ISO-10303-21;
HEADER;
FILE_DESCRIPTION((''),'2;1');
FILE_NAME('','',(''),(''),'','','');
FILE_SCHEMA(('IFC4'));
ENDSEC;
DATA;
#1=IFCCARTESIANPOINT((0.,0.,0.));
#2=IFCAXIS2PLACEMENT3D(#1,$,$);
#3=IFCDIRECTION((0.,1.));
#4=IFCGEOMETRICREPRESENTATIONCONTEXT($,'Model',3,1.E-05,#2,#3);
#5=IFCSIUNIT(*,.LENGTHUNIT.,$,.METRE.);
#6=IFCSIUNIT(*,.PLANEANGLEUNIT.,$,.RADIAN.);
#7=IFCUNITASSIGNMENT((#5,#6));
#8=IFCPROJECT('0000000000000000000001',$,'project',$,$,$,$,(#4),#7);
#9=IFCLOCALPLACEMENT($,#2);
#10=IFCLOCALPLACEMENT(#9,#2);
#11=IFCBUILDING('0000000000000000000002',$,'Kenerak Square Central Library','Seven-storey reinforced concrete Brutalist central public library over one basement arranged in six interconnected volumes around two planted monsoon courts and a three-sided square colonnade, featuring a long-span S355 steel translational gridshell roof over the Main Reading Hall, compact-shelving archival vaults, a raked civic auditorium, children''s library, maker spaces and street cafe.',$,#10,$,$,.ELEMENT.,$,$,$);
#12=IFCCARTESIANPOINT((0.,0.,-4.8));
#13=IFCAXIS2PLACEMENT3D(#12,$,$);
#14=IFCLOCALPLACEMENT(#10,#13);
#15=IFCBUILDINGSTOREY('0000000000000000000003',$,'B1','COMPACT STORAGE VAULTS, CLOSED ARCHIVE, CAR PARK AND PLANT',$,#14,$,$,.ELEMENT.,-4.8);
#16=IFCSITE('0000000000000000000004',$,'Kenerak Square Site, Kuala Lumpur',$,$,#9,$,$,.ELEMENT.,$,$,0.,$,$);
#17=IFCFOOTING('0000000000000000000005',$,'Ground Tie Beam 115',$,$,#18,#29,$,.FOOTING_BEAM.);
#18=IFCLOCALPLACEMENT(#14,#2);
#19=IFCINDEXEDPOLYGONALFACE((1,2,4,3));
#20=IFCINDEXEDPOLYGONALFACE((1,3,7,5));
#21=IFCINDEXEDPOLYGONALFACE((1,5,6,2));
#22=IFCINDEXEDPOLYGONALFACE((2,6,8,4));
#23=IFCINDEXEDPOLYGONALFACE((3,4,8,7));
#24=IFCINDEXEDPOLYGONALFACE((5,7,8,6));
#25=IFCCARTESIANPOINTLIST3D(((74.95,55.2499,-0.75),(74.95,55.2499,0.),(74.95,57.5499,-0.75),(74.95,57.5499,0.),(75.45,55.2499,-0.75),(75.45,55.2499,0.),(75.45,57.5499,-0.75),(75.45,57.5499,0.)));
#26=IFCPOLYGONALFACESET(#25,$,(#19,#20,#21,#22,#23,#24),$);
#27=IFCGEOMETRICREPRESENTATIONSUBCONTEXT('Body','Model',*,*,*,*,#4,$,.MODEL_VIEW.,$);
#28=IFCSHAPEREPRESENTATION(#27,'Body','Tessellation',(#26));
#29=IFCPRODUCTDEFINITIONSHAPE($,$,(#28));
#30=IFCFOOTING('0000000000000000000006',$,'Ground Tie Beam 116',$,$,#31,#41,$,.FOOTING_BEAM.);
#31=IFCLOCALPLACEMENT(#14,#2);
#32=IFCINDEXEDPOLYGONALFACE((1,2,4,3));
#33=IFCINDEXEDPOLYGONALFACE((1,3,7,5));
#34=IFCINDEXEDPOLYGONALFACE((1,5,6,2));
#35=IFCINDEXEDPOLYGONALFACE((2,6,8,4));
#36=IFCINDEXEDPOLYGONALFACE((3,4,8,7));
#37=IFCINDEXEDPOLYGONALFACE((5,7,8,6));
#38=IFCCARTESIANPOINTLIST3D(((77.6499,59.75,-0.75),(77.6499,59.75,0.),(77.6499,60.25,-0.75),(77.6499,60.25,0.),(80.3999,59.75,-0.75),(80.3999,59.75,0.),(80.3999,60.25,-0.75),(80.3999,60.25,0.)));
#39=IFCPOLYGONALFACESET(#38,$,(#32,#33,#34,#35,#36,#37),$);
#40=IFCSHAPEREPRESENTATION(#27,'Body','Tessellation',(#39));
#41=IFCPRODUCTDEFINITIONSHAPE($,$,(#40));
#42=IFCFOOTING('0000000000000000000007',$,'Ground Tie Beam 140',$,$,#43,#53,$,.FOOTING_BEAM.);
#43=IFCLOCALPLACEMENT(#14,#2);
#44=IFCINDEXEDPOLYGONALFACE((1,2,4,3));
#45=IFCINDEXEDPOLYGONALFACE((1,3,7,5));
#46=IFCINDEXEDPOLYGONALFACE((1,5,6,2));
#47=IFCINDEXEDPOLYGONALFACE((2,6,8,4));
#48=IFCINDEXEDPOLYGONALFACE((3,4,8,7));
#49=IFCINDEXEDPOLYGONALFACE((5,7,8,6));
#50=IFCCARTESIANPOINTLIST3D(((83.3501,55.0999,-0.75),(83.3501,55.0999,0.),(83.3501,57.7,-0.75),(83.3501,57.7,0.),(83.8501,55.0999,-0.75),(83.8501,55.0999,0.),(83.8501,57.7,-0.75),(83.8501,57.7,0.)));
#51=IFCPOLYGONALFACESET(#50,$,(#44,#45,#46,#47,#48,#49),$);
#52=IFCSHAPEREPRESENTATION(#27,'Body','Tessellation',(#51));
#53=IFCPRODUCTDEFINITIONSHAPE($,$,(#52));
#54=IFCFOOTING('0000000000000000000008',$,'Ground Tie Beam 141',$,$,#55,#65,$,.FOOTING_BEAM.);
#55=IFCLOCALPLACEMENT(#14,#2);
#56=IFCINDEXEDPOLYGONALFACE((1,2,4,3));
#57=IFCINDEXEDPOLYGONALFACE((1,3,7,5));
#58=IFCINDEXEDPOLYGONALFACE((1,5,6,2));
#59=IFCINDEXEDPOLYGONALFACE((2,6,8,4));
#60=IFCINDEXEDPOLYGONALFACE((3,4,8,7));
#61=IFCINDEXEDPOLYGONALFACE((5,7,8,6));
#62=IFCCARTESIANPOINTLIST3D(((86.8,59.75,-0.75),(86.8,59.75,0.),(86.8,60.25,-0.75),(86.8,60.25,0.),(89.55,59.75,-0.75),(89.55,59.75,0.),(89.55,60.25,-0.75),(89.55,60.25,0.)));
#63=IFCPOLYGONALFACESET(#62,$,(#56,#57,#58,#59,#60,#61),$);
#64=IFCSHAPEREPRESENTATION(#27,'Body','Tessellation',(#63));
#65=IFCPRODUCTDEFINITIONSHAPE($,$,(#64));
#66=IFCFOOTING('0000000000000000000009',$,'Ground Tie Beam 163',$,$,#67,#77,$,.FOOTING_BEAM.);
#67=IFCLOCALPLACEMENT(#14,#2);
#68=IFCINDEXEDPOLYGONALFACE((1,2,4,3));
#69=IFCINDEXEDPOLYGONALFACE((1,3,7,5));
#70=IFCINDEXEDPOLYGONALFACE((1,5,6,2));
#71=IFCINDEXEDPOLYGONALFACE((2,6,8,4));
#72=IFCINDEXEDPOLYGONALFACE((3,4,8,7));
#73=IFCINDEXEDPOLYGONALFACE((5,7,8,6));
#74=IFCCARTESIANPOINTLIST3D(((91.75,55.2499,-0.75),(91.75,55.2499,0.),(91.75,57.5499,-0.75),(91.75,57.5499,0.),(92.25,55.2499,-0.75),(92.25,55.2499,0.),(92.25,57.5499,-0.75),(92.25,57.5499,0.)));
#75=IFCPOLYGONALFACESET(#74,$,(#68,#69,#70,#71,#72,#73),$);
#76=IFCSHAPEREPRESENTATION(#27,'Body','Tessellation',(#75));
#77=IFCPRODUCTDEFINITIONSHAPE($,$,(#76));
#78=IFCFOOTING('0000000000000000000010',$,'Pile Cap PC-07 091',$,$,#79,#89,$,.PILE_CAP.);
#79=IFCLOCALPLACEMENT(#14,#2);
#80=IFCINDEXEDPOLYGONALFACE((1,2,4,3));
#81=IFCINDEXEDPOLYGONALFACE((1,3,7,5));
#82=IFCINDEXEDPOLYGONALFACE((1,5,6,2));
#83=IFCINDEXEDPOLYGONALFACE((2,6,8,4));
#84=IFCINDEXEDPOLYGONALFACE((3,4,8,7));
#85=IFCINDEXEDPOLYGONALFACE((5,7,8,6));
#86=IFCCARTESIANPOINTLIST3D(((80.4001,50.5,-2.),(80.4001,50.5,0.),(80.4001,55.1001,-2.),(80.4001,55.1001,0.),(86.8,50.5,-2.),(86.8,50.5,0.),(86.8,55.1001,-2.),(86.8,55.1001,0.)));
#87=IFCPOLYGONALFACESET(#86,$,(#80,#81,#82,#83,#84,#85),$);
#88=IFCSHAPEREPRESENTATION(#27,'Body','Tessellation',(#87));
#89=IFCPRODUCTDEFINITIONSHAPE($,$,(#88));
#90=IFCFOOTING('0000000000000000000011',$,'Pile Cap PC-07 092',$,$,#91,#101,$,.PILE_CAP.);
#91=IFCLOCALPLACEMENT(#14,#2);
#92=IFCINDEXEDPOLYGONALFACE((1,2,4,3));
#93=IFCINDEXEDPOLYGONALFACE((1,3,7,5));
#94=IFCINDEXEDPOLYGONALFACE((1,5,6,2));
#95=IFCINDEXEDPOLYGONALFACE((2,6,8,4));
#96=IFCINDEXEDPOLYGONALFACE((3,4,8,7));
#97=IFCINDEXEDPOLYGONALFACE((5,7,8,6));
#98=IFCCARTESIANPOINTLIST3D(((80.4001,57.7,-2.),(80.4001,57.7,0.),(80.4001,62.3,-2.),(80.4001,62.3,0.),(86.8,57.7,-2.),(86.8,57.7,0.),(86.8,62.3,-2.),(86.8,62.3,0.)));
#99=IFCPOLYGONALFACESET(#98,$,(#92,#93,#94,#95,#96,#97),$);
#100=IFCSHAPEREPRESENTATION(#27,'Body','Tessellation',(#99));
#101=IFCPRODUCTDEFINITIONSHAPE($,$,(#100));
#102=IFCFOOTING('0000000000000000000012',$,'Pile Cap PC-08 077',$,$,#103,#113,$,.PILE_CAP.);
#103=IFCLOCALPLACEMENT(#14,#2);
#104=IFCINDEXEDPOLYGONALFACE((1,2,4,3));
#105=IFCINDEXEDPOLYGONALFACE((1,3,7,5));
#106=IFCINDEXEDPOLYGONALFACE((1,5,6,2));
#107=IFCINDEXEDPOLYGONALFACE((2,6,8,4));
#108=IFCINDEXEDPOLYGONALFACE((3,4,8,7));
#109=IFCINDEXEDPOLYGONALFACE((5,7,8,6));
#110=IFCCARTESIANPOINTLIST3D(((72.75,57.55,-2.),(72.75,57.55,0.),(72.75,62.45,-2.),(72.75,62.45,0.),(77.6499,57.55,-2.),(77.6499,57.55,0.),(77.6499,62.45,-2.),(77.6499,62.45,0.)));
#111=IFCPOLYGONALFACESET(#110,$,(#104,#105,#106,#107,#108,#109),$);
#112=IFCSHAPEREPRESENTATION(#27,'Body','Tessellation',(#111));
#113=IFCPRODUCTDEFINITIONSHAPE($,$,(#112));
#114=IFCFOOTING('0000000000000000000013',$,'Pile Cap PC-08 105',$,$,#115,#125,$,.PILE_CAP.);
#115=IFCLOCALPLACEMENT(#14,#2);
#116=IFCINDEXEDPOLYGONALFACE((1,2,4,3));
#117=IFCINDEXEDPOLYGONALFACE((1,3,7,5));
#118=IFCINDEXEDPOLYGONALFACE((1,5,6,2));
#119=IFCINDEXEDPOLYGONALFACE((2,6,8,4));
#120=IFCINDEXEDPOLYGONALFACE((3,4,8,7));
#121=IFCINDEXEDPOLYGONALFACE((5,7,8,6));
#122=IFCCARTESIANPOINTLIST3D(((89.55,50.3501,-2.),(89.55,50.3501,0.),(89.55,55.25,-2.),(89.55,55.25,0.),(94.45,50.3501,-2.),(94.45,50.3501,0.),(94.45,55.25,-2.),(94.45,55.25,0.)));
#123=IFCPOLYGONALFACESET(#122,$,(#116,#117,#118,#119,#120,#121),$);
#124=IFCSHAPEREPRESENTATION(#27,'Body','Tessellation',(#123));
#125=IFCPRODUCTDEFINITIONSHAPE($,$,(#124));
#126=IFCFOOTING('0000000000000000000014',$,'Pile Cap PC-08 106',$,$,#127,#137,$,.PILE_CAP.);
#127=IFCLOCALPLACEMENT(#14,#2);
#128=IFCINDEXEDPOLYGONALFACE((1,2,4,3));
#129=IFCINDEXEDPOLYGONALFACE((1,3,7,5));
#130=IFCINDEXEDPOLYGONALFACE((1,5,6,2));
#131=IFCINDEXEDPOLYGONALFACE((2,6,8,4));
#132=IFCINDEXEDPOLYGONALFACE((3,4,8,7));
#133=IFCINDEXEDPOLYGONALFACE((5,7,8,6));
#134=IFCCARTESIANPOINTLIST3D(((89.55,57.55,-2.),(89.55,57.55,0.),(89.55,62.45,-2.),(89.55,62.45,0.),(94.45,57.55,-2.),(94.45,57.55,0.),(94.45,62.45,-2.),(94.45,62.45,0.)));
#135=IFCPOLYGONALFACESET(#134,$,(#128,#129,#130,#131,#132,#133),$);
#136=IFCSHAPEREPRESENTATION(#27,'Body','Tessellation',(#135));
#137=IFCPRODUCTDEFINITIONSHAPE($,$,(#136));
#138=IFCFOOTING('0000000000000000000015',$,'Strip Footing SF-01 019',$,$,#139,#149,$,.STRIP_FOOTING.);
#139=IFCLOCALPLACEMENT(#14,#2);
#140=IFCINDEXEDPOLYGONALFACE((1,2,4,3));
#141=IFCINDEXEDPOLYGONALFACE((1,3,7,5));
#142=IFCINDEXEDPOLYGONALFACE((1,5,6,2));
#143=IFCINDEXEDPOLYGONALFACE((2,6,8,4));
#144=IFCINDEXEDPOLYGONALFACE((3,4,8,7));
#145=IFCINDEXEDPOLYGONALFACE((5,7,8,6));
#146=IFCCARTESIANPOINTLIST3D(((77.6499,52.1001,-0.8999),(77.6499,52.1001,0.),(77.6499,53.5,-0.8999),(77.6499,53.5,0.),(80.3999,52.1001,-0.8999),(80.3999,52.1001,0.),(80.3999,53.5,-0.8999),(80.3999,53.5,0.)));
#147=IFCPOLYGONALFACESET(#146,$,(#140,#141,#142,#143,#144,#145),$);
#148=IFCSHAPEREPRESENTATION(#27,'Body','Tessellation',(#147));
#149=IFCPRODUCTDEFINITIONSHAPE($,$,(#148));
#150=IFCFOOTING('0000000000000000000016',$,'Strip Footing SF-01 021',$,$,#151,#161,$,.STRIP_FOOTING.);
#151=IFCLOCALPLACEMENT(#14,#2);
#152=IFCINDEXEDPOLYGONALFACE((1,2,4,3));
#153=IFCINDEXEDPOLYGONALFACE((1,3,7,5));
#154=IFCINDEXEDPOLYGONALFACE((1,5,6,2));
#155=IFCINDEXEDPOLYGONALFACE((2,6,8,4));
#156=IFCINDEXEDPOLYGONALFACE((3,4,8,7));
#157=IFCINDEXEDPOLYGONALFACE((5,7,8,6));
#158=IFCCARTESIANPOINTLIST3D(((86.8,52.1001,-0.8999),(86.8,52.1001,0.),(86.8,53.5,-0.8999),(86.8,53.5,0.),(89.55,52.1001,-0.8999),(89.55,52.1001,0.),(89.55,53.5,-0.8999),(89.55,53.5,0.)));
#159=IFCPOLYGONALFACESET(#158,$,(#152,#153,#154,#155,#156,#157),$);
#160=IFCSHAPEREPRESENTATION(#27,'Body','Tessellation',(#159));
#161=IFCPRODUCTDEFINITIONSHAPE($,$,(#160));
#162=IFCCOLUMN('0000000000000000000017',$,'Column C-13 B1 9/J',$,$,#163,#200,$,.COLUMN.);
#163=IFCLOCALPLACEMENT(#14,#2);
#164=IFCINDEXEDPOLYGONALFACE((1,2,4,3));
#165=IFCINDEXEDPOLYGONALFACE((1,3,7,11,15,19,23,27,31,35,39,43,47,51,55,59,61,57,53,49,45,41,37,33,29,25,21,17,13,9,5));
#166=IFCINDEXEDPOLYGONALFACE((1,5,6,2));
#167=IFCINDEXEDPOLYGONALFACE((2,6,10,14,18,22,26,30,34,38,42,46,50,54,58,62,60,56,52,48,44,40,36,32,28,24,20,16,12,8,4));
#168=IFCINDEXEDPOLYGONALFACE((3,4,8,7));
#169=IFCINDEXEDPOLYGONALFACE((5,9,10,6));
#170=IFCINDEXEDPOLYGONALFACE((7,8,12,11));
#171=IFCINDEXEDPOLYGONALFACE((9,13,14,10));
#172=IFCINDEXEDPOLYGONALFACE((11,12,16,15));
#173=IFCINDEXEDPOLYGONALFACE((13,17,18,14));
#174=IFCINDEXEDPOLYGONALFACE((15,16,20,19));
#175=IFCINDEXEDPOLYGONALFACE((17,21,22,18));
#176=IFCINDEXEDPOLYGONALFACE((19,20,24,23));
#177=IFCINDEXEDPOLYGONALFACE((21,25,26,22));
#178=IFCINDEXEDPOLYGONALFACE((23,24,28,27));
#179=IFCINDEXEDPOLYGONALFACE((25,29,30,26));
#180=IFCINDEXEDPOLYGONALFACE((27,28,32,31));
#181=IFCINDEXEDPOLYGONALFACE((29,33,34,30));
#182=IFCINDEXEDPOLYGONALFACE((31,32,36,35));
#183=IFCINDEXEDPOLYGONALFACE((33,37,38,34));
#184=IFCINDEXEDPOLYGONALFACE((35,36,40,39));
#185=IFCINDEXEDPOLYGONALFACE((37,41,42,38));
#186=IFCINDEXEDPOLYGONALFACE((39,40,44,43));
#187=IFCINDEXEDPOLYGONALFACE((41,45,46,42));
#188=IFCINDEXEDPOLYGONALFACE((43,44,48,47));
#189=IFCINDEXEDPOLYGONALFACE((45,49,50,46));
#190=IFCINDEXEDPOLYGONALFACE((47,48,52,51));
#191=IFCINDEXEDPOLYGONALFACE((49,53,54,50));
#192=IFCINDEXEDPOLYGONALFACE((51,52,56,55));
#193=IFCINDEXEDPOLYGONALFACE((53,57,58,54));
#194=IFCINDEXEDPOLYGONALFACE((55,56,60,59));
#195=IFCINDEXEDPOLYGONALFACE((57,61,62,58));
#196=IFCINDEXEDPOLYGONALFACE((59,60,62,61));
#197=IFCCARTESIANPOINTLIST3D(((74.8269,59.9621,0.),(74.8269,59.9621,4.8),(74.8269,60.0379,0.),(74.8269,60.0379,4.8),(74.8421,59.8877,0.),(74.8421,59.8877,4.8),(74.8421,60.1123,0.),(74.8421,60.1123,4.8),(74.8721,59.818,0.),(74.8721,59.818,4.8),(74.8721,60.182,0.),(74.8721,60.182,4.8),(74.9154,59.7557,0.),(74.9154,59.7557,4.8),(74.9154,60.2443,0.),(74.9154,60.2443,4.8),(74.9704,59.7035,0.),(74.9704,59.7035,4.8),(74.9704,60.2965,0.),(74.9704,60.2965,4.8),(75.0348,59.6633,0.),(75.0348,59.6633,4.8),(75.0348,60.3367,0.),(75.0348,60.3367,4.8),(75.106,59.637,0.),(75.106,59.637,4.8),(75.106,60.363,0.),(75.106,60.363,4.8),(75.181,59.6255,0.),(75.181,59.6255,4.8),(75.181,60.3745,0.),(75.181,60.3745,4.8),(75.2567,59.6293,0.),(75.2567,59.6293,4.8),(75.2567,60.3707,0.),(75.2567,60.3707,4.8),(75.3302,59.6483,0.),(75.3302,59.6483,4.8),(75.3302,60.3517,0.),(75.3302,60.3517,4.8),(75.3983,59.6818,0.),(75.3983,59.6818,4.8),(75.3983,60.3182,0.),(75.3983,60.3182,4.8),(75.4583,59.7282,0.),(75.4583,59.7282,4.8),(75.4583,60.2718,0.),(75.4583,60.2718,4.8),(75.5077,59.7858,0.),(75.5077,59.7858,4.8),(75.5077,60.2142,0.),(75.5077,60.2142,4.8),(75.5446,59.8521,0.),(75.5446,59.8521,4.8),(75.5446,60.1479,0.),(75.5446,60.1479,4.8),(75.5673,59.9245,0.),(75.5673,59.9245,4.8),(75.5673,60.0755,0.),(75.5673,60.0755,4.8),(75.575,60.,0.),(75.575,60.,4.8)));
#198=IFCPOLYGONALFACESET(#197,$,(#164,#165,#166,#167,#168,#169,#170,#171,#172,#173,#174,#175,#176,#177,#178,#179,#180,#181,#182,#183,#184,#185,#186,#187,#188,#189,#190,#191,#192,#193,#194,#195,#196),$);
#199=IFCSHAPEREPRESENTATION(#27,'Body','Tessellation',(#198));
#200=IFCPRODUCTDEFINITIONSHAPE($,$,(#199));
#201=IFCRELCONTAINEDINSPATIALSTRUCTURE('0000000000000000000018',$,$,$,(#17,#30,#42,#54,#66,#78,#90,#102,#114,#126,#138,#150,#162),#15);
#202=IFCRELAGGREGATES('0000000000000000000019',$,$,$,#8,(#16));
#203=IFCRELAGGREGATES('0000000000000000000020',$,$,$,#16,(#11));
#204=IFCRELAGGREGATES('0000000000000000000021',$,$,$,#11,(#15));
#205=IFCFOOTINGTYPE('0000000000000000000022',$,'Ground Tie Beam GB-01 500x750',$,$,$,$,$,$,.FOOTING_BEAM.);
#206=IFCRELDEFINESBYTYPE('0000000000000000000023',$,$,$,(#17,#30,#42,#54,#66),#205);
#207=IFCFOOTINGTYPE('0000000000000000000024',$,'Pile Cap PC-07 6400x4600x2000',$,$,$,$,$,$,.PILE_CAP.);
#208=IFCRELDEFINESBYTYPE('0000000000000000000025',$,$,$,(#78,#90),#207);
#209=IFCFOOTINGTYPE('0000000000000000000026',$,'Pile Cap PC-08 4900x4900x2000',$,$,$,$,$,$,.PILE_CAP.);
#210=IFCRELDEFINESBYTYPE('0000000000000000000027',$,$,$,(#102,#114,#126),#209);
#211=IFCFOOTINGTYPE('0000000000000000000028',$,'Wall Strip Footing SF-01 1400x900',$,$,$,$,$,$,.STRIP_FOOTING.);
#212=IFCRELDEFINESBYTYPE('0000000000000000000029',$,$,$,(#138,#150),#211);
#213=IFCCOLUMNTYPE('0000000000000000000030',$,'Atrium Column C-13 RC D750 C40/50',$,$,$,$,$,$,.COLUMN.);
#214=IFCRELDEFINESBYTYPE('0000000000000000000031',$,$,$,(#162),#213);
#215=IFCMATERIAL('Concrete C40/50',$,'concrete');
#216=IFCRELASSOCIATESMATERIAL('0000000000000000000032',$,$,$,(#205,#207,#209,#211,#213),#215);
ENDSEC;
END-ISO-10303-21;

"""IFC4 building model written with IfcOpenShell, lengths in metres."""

from ifc_helpers import new_model, si_unit, direction, frame, origin, origin_2d, place, context, subcontext, project, spatial, rectangle, circle, extrude, material, material_profile, profile_set, type_object, element, save


model = new_model("IFC4")

# Units and contexts
model_context = context("Model", 3, precision=1e-05, world=origin(), true_north=direction((0.0, 1.0)))
body_context = subcontext(model_context, "Body", "Model", "MODEL_VIEW")
ifc_project = project(units=[si_unit("LENGTHUNIT", "METRE"), si_unit("PLANEANGLEUNIT", "RADIAN")], contexts=[model_context])

# Site, building, storey
site_placement = place(None, origin())
site = spatial("IfcSite", under=ifc_project, at=site_placement, Name="Kenerak Square Site, Kuala Lumpur", CompositionType="ELEMENT", RefElevation=0.0)
building_placement = place(site_placement, origin())
building = spatial("IfcBuilding", under=site, at=building_placement, Name="Kenerak Square Central Library", Description="Seven-storey reinforced concrete Brutalist central public library over one basement arranged in six interconnected volumes around two planted monsoon courts and a three-sided square colonnade, featuring a long-span S355 steel translational gridshell roof over the Main Reading Hall, compact-shelving archival vaults, a raked civic auditorium, children's library, maker spaces and street cafe.", CompositionType="ELEMENT")
storey_placement = place(building_placement, frame((0.0, 0.0, -4.8)))
storey = spatial("IfcBuildingStorey", under=building, at=storey_placement, Name="B1", Description="COMPACT STORAGE VAULTS, CLOSED ARCHIVE, CAR PARK AND PLANT", CompositionType="ELEMENT", Elevation=-4.8)

# Shared definitions
ifc_material_1 = material(Name="Concrete C40/50", Category="concrete")

# Footings
footing_type_1 = type_object("IfcFootingType", Name="Ground Tie Beam GB-01 500x750", PredefinedType="FOOTING_BEAM", material=ifc_material_1)
footing_1_placement = place(storey_placement, frame((75.2, 56.3999, -0.75), z_axis=(0.0, 0.0, 1.0), x_axis=(1.0, 0.0, 0.0)))
element("IfcFooting", 1, at=footing_1_placement, inside=storey, type_object=footing_type_1, Name="Ground Tie Beam 115", PredefinedType="FOOTING_BEAM", context=body_context, shape_type="SweptSolid", body=[
    extrude(rectangle(XDim=0.5, YDim=2.3, at=origin_2d()), origin(), (0.0, 0.0, 1.0), 0.75),
])
footing_2_placement = place(storey_placement, frame((79.0249, 60.0, -0.75), z_axis=(0.0, 0.0, 1.0), x_axis=(1.0, 0.0, 0.0)))
element("IfcFooting", 2, at=footing_2_placement, inside=storey, type_object=footing_type_1, Name="Ground Tie Beam 116", PredefinedType="FOOTING_BEAM", context=body_context, shape_type="SweptSolid", body=[
    extrude(rectangle(XDim=2.75, YDim=0.5, at=origin_2d()), origin(), (0.0, 0.0, 1.0), 0.75),
])
footing_3_placement = place(storey_placement, frame((83.6001, 56.3999, -0.75), z_axis=(0.0, 0.0, 1.0), x_axis=(1.0, 0.0, 0.0)))
element("IfcFooting", 3, at=footing_3_placement, inside=storey, type_object=footing_type_1, Name="Ground Tie Beam 140", PredefinedType="FOOTING_BEAM", context=body_context, shape_type="SweptSolid", body=[
    extrude(rectangle(XDim=0.5, YDim=2.6001, at=origin_2d()), origin(), (0.0, 0.0, 1.0), 0.75),
])
footing_4_placement = place(storey_placement, frame((88.175, 60.0, -0.75), z_axis=(0.0, 0.0, 1.0), x_axis=(1.0, 0.0, 0.0)))
element("IfcFooting", 4, at=footing_4_placement, inside=storey, type_object=footing_type_1, Name="Ground Tie Beam 141", PredefinedType="FOOTING_BEAM", context=body_context, shape_type="SweptSolid", body=[
    extrude(rectangle(XDim=2.75, YDim=0.5, at=origin_2d()), origin(), (0.0, 0.0, 1.0), 0.75),
])
footing_5_placement = place(storey_placement, frame((92.0, 56.3999, -0.75), z_axis=(0.0, 0.0, 1.0), x_axis=(1.0, 0.0, 0.0)))
element("IfcFooting", 5, at=footing_5_placement, inside=storey, type_object=footing_type_1, Name="Ground Tie Beam 163", PredefinedType="FOOTING_BEAM", context=body_context, shape_type="SweptSolid", body=[
    extrude(rectangle(XDim=0.5, YDim=2.3, at=origin_2d()), origin(), (0.0, 0.0, 1.0), 0.75),
])
footing_type_2 = type_object("IfcFootingType", Name="Pile Cap PC-07 6400x4600x2000", PredefinedType="PILE_CAP", material=ifc_material_1)
for number, where, z_axis, x_axis, name in (
    (6, (83.6001, 52.8, -2.0), (0.0, 0.0, 1.0), (1.0, 0.0, 0.0), "Pile Cap PC-07 091"),
    (7, (83.6001, 60.0, -2.0), (0.0, 0.0, 1.0), (1.0, 0.0, 0.0), "Pile Cap PC-07 092"),
):
    element("IfcFooting", number, at=place(storey_placement, frame(where, z_axis=z_axis, x_axis=x_axis)), inside=storey, type_object=footing_type_2, Name=name, PredefinedType="PILE_CAP", context=body_context, shape_type="SweptSolid", body=[
        extrude(rectangle(XDim=6.3999, YDim=4.6001, at=origin_2d()), origin(), (0.0, 0.0, 1.0), 2.0),
    ])
footing_type_3 = type_object("IfcFootingType", Name="Pile Cap PC-08 4900x4900x2000", PredefinedType="PILE_CAP", material=ifc_material_1)
for number, where, z_axis, x_axis, name in (
    (8, (75.2, 60.0, -2.0), (0.0, 0.0, 1.0), (1.0, 0.0, 0.0), "Pile Cap PC-08 077"),
    (9, (92.0, 52.8, -2.0), (0.0, 0.0, 1.0), (1.0, 0.0, 0.0), "Pile Cap PC-08 105"),
    (10, (92.0, 60.0, -2.0), (0.0, 0.0, 1.0), (1.0, 0.0, 0.0), "Pile Cap PC-08 106"),
):
    element("IfcFooting", number, at=place(storey_placement, frame(where, z_axis=z_axis, x_axis=x_axis)), inside=storey, type_object=footing_type_3, Name=name, PredefinedType="PILE_CAP", context=body_context, shape_type="SweptSolid", body=[
        extrude(rectangle(XDim=4.8999, YDim=4.8999, at=origin_2d()), origin(), (0.0, 0.0, 1.0), 2.0),
    ])
footing_type_4 = type_object("IfcFootingType", Name="Wall Strip Footing SF-01 1400x900", PredefinedType="STRIP_FOOTING", material=ifc_material_1)
for number, where, z_axis, x_axis, name in (
    (11, (79.0249, 52.8, -0.8999), (0.0, 0.0, 1.0), (1.0, 0.0, 0.0), "Strip Footing SF-01 019"),
    (12, (88.175, 52.8, -0.8999), (0.0, 0.0, 1.0), (1.0, 0.0, 0.0), "Strip Footing SF-01 021"),
):
    element("IfcFooting", number, at=place(storey_placement, frame(where, z_axis=z_axis, x_axis=x_axis)), inside=storey, type_object=footing_type_4, Name=name, PredefinedType="STRIP_FOOTING", context=body_context, shape_type="SweptSolid", body=[
        extrude(rectangle(XDim=2.75, YDim=1.3999, at=origin_2d()), origin(), (0.0, 0.0, 1.0), 0.8999),
    ])

# Column
ifc_material_profile_1 = material_profile(ifc_material_1, circle(Radius=0.375, at=origin_2d()), Name="RC D750")
ifc_profile_set_1 = profile_set([ifc_material_profile_1], Name="Concrete C40/50")
column_type_1 = type_object("IfcColumnType", Name="Atrium Column C-13 RC D750 C40/50", PredefinedType="COLUMN", material=ifc_profile_set_1)
for number, where, z_axis, x_axis, name in (
    (13, (75.2, 60.0, 0.0), (0.0, 0.0, 1.0), (1.0, 0.0, 0.0), "Column C-13 B1 9/J"),
):
    element("IfcColumn", number, at=place(storey_placement, frame(where, z_axis=z_axis, x_axis=x_axis)), inside=storey, type_object=column_type_1, Name=name, PredefinedType="COLUMN", context=body_context, shape_type="SweptSolid", body=[
        extrude(circle(Radius=0.375, at=origin_2d()), origin(), (0.0, 0.0, 1.0), 4.8),
    ])

save(model, "model.ifc")
